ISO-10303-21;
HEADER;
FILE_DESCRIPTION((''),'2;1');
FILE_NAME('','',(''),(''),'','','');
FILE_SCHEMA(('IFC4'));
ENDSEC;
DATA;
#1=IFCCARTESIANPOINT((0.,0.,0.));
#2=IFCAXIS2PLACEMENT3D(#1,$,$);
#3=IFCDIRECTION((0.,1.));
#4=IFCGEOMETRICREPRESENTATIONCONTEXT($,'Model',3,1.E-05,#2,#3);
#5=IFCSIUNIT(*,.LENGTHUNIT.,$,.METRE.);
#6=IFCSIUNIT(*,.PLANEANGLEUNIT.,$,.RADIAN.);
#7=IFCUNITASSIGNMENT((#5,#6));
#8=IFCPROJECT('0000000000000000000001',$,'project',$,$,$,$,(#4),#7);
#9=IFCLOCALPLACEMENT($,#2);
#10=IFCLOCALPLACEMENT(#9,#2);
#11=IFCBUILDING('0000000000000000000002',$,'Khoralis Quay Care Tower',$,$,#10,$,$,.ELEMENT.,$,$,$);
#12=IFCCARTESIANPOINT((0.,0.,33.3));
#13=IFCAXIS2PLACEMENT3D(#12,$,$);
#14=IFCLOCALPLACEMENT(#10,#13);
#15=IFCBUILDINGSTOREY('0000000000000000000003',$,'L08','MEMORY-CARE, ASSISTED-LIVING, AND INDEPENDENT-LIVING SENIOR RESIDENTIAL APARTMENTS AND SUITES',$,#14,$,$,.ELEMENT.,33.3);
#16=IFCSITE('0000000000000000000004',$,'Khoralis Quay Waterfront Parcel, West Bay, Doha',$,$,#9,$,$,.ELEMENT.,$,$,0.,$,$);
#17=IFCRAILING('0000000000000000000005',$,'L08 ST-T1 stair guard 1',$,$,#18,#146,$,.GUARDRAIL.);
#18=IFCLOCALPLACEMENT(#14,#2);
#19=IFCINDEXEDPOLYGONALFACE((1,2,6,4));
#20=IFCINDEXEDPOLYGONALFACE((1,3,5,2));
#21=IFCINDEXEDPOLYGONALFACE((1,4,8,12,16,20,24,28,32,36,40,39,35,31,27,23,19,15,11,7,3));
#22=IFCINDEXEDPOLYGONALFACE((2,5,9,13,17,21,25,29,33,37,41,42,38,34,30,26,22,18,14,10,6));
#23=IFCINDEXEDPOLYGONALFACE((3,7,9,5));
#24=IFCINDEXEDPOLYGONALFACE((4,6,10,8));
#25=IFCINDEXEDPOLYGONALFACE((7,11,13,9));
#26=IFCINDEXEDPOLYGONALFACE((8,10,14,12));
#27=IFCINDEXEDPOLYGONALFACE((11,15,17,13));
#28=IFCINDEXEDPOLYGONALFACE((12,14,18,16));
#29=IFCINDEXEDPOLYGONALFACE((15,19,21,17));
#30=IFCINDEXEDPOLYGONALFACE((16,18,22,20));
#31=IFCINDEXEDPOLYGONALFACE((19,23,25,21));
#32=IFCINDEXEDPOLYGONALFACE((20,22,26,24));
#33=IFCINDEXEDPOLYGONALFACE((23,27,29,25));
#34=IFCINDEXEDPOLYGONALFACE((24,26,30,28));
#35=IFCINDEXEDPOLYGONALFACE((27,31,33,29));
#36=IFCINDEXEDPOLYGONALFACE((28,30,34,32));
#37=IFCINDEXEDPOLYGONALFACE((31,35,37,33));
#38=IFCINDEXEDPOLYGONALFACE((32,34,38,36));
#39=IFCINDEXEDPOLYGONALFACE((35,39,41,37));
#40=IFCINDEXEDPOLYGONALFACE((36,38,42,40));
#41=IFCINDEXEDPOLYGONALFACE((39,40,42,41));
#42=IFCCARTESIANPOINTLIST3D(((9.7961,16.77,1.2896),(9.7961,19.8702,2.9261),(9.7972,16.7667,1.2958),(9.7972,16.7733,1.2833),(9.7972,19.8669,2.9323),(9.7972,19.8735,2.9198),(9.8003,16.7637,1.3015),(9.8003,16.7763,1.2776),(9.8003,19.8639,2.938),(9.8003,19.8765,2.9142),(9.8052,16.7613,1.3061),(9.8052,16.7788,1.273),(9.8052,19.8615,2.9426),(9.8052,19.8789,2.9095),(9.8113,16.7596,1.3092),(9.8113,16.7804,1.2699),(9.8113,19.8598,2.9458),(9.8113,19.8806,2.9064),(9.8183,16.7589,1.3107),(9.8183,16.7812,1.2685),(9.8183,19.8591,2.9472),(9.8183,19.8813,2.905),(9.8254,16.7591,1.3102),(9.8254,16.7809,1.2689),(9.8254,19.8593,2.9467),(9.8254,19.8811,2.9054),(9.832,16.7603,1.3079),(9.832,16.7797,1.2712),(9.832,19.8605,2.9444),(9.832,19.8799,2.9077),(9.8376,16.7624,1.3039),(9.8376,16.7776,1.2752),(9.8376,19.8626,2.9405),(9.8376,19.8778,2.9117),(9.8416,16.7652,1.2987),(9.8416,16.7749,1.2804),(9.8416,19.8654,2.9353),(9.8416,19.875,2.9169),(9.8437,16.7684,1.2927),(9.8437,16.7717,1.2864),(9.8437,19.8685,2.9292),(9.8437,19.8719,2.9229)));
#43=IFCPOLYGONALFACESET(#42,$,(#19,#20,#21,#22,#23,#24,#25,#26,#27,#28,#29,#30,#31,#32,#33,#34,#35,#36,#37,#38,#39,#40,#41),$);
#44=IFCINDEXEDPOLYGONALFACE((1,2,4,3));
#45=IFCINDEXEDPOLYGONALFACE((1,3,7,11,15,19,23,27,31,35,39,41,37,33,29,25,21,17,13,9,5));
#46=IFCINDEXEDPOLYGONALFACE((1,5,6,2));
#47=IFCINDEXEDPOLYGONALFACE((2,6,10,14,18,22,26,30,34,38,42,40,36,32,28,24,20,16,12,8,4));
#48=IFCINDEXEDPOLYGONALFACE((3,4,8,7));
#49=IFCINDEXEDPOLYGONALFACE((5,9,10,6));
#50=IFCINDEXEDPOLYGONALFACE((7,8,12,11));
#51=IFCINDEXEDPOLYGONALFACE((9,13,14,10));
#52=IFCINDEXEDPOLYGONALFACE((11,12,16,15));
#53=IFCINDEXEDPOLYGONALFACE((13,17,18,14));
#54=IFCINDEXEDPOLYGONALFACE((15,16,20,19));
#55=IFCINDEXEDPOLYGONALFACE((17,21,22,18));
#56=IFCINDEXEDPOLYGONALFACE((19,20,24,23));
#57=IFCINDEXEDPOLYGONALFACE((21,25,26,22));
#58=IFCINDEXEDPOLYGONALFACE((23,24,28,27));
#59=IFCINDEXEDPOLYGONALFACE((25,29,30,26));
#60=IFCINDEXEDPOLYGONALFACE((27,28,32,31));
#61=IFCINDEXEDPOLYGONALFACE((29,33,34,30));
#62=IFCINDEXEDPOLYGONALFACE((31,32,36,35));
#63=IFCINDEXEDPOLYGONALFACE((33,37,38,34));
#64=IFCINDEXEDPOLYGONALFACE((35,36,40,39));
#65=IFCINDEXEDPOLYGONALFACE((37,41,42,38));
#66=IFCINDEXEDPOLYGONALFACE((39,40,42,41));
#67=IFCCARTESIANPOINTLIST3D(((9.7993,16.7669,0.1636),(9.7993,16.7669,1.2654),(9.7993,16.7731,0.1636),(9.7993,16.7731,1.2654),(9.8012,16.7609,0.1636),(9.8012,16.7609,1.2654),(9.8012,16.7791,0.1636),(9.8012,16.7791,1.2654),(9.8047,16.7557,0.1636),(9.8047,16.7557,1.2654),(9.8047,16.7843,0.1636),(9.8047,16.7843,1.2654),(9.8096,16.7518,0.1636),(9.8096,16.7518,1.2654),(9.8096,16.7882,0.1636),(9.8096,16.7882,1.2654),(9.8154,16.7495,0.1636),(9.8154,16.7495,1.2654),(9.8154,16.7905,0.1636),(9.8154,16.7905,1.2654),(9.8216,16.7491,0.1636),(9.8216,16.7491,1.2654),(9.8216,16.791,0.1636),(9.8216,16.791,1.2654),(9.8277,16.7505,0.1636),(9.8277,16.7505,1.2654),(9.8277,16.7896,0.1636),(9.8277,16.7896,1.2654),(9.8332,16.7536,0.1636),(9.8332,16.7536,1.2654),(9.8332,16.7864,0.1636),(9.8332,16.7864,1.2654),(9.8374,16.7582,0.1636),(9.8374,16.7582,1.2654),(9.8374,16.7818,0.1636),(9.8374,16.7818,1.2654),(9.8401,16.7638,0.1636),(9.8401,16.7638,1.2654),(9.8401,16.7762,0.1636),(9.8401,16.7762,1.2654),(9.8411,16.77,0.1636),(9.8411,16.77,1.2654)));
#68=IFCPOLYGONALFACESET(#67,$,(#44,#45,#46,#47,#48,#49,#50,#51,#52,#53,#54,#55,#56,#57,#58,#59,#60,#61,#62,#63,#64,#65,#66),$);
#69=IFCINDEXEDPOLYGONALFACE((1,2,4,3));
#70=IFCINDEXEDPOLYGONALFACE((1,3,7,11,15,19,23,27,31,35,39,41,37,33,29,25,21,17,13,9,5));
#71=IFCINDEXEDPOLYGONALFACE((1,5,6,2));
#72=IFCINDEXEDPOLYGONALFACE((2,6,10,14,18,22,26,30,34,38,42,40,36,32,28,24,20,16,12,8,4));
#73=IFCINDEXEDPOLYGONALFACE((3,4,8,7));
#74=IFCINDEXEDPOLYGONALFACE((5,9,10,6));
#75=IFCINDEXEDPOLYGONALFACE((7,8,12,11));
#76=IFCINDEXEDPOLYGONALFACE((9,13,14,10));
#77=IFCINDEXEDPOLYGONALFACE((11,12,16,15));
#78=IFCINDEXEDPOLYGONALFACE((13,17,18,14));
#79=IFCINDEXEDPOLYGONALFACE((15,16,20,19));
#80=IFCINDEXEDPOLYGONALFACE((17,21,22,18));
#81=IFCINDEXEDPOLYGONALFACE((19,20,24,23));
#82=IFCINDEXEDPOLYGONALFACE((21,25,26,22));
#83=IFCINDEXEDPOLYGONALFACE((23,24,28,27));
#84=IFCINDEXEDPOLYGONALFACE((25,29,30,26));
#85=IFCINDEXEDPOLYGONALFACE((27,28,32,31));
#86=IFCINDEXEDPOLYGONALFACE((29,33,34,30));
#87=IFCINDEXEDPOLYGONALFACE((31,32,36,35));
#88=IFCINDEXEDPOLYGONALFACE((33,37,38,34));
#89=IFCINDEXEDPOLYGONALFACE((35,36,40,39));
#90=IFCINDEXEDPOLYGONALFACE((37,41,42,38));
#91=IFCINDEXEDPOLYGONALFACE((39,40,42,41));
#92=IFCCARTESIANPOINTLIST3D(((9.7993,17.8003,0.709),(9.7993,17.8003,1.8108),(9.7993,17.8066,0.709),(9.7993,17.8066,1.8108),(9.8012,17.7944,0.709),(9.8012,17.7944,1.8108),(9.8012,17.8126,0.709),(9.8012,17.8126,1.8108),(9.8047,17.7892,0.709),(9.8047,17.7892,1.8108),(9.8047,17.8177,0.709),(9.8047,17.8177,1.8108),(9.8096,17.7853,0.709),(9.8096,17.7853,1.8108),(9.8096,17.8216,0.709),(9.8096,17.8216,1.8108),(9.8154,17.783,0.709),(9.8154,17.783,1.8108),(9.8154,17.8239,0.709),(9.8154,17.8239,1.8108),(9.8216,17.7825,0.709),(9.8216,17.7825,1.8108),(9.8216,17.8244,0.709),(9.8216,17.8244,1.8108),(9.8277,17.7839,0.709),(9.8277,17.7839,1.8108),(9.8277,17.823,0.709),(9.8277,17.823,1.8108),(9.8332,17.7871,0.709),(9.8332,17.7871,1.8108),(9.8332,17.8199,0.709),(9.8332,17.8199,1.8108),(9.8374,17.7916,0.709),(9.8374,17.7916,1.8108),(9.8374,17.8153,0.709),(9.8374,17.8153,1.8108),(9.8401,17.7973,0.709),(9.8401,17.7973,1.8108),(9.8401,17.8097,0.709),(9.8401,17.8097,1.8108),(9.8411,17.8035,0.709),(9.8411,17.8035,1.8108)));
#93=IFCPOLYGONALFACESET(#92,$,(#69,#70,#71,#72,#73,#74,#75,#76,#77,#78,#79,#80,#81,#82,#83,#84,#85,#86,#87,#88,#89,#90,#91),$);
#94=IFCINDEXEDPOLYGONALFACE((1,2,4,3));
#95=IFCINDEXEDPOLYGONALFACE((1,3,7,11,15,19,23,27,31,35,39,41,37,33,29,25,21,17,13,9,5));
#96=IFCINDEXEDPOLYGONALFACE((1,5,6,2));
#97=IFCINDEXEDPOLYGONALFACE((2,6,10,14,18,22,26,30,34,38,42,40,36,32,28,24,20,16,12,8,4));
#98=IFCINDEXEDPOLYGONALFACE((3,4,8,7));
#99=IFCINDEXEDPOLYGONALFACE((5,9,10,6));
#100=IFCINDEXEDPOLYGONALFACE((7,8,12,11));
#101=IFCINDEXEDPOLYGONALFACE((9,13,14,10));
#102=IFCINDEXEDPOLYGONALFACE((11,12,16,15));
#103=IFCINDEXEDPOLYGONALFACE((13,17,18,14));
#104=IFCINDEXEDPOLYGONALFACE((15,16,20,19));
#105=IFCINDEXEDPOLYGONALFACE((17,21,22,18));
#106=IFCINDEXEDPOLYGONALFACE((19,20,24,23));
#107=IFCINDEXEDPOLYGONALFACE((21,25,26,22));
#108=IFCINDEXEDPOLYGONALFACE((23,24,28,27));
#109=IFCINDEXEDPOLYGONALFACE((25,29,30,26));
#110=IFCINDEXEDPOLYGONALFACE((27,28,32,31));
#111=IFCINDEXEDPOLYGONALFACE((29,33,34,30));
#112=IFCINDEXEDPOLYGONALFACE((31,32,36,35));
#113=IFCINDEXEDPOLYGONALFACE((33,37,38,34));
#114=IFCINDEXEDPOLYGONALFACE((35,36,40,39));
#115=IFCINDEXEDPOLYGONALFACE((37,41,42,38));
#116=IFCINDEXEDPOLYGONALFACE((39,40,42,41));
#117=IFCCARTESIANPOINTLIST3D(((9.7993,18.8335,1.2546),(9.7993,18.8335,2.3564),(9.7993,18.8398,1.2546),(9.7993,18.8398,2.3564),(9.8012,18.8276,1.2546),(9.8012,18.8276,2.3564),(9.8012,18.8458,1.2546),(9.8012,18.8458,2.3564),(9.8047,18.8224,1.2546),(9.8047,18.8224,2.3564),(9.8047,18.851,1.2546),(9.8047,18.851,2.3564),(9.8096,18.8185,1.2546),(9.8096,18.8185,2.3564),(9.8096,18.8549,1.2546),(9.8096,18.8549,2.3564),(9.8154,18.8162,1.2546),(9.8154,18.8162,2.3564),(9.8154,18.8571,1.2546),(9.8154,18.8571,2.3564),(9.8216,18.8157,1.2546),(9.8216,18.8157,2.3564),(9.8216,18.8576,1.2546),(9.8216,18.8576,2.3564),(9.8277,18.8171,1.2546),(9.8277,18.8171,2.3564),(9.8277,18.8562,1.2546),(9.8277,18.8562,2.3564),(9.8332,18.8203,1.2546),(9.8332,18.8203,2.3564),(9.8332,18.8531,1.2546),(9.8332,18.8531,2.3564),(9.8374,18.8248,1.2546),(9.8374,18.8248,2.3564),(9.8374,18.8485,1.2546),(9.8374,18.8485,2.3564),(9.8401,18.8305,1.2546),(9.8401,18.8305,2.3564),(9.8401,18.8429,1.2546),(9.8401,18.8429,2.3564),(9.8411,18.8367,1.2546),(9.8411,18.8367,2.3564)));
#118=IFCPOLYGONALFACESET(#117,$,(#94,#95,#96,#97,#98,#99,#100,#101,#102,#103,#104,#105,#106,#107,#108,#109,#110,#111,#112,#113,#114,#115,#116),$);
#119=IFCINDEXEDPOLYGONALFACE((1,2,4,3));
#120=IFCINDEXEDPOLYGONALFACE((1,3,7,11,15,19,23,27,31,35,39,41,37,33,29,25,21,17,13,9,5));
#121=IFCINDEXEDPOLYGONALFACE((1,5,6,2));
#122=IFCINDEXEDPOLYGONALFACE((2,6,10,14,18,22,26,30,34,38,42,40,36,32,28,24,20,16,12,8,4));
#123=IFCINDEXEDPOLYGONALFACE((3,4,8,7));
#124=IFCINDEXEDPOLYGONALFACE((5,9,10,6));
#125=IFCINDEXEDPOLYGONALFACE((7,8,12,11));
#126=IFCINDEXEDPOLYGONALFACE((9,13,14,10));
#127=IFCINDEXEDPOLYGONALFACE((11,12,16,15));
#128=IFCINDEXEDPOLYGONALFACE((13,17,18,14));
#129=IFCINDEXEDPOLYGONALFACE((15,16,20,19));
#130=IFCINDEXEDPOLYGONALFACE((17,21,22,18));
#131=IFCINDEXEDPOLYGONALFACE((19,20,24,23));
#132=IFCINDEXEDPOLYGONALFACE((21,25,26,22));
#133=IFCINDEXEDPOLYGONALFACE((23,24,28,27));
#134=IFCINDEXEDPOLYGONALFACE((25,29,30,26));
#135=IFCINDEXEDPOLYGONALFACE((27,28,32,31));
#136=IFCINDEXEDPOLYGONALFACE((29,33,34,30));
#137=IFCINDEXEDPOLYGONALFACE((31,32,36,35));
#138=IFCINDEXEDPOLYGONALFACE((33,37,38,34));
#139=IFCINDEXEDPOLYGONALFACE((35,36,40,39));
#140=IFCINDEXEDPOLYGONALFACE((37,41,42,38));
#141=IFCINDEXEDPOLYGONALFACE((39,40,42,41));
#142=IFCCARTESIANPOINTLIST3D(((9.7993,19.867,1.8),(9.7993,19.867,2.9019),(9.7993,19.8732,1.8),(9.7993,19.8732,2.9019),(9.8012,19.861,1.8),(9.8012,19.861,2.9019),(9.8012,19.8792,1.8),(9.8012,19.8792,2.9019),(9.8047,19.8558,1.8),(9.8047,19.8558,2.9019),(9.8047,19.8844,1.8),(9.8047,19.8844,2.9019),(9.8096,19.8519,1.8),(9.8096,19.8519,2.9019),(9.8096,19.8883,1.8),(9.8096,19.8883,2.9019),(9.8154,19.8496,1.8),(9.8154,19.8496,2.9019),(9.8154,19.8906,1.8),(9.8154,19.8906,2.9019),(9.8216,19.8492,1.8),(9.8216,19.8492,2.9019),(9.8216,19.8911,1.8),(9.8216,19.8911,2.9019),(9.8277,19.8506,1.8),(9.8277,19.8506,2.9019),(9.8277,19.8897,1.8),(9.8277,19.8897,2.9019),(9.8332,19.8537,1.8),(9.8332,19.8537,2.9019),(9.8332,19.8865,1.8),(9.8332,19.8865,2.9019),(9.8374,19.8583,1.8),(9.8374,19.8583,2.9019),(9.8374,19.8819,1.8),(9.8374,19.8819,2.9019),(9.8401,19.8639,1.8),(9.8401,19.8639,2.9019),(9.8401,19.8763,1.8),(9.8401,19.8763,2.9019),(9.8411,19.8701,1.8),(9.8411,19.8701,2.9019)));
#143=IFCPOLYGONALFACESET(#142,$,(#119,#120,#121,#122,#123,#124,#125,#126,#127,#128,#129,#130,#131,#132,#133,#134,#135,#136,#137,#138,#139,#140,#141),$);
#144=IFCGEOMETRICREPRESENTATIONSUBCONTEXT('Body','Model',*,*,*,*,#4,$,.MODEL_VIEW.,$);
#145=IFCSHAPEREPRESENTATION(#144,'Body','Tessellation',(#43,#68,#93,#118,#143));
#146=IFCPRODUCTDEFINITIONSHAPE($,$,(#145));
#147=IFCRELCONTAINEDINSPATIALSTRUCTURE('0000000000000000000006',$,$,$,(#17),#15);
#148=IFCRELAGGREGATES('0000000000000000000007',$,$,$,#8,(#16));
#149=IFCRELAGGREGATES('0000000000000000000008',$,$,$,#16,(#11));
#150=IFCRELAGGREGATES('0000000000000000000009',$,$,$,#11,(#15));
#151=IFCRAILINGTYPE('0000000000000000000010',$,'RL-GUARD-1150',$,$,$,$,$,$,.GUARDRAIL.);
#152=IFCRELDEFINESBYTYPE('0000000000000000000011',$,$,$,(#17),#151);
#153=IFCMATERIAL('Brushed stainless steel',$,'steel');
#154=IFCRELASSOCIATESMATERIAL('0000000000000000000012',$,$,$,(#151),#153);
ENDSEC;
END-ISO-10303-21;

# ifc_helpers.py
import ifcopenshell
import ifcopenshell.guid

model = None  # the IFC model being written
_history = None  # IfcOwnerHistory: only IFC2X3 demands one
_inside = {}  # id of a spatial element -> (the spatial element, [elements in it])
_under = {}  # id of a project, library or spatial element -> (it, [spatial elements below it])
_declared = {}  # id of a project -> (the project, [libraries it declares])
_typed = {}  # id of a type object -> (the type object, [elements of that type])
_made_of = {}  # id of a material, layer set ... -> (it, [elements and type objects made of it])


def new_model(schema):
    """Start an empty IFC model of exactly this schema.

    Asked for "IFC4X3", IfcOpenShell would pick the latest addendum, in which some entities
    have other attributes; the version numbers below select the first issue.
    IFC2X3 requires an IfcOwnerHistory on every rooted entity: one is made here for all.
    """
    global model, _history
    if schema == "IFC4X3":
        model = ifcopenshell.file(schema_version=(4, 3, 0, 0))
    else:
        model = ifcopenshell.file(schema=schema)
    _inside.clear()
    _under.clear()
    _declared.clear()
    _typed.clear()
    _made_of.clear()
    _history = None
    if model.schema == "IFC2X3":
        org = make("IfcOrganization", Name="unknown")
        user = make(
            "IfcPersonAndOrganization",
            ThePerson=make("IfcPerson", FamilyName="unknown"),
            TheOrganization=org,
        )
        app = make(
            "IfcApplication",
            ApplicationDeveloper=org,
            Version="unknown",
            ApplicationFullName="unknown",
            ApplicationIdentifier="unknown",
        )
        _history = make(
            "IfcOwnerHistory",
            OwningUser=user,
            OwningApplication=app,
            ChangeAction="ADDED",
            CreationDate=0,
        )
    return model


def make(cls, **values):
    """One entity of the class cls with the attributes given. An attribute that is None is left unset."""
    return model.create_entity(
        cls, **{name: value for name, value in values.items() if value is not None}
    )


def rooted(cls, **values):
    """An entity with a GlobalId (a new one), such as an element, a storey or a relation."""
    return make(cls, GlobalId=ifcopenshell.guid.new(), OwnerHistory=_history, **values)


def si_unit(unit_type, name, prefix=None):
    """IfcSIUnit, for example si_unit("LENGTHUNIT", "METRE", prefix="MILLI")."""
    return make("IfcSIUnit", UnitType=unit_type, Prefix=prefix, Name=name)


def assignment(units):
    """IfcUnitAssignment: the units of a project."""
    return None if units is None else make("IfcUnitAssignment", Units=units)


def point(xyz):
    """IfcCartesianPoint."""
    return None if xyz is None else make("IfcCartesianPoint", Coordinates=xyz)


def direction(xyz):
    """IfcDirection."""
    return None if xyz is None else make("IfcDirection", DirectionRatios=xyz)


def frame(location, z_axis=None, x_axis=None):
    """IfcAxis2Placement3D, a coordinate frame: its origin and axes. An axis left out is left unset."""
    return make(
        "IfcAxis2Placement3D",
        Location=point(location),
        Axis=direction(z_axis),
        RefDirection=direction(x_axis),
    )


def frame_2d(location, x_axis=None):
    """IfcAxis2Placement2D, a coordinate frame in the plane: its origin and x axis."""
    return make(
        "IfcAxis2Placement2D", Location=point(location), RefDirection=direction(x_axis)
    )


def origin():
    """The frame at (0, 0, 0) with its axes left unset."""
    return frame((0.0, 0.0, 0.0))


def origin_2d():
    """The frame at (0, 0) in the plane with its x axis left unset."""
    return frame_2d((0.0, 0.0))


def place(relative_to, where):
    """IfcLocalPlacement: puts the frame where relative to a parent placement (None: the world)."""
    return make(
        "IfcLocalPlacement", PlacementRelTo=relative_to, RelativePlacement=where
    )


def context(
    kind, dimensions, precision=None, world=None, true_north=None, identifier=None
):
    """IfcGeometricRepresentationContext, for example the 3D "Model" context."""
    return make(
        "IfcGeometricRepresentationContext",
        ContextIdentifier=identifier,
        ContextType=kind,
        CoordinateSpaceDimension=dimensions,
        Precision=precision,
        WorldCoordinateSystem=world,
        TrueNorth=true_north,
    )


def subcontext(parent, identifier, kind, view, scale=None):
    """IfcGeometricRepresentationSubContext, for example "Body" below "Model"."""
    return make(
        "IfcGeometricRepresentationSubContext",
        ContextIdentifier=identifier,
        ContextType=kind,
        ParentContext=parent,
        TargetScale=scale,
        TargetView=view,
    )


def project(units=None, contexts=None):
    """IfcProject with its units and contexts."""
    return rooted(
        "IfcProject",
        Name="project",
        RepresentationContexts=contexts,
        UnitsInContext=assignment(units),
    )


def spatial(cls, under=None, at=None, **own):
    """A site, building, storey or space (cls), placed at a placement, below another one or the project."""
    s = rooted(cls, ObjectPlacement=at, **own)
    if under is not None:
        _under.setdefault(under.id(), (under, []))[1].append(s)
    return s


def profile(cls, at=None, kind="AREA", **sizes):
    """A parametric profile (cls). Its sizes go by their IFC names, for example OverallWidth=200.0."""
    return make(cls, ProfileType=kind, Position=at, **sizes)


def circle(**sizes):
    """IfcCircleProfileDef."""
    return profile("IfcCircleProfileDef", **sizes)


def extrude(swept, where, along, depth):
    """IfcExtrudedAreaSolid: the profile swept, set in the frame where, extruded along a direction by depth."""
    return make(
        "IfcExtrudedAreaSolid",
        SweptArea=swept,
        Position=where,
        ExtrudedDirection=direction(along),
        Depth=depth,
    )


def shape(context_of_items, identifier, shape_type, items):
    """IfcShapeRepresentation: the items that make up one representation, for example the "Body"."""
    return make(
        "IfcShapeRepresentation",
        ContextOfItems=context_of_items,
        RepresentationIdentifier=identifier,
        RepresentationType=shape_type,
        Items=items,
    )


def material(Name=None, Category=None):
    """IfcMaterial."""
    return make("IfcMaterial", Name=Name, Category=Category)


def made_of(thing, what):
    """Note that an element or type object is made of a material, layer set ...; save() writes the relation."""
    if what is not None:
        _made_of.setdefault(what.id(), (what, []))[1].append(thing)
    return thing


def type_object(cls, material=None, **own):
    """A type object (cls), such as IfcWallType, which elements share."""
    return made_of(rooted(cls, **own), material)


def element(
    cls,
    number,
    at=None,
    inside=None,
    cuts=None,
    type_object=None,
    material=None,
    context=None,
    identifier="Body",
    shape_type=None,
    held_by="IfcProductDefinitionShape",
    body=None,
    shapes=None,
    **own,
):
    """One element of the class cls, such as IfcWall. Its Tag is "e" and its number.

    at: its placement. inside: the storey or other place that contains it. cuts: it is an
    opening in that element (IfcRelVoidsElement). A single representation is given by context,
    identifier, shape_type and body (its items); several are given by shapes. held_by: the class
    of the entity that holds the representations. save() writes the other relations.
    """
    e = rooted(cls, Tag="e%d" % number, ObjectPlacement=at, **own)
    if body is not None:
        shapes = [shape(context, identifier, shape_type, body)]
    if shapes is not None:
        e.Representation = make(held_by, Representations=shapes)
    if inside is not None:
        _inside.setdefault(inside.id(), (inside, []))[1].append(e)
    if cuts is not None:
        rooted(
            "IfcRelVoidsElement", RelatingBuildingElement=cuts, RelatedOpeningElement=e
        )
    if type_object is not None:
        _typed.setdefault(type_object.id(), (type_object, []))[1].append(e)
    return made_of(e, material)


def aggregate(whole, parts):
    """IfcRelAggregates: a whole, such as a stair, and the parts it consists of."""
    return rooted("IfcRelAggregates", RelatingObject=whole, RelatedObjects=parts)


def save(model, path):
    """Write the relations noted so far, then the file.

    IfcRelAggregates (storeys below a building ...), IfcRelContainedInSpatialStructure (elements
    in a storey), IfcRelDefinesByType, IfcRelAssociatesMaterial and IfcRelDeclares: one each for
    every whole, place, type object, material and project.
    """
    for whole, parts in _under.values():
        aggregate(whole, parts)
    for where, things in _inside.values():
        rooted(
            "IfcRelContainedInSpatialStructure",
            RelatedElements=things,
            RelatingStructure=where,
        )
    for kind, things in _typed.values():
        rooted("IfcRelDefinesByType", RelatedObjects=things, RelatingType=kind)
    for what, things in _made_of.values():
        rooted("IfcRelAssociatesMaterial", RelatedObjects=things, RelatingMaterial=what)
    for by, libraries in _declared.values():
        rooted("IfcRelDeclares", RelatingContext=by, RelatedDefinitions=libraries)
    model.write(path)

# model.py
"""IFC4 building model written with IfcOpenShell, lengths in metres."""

from ifc_helpers import new_model, si_unit, direction, frame, origin, origin_2d, place, context, subcontext, project, spatial, circle, extrude, material, type_object, element, save


model = new_model("IFC4")

# Units and contexts
model_context = context("Model", 3, precision=1e-05, world=origin(), true_north=direction((0.0, 1.0)))
body_context = subcontext(model_context, "Body", "Model", "MODEL_VIEW")
ifc_project = project(units=[si_unit("LENGTHUNIT", "METRE"), si_unit("PLANEANGLEUNIT", "RADIAN")], contexts=[model_context])

# Site, building, storey
site_placement = place(None, origin())
site = spatial("IfcSite", under=ifc_project, at=site_placement, Name="Khoralis Quay Waterfront Parcel, West Bay, Doha", CompositionType="ELEMENT", RefElevation=0.0)
building_placement = place(site_placement, origin())
building = spatial("IfcBuilding", under=site, at=building_placement, Name="Khoralis Quay Care Tower", CompositionType="ELEMENT")
storey_placement = place(building_placement, frame((0.0, 0.0, 33.3)))
storey = spatial("IfcBuildingStorey", under=building, at=storey_placement, Name="L08", Description="MEMORY-CARE, ASSISTED-LIVING, AND INDEPENDENT-LIVING SENIOR RESIDENTIAL APARTMENTS AND SUITES", CompositionType="ELEMENT", Elevation=33.3)

# Shared definitions
ifc_material_1 = material(Name="Brushed stainless steel", Category="steel")

# Railing
railing_type_1 = type_object("IfcRailingType", Name="RL-GUARD-1150", PredefinedType="GUARDRAIL", material=ifc_material_1)
railing_1_placement = place(storey_placement, frame((9.8201, 16.77, 0.1636)))
element("IfcRailing", 1, at=railing_1_placement, inside=storey, type_object=railing_type_1, Name="L08 ST-T1 stair guard 1", PredefinedType="GUARDRAIL", context=body_context, shape_type="SweptSolid", body=[
    extrude(circle(Radius=0.0239, at=origin_2d()), frame((0.0, 0.0, 1.126), z_axis=(0.0, 0.884348, 0.466828), x_axis=(-1.0, 0.0, 0.0)), (0.0, 0.0, 1.0), 3.5056),
    extrude(circle(Radius=0.021, at=origin_2d()), origin(), (0.0, 0.0, 1.0), 1.1018),
    extrude(circle(Radius=0.021, at=origin_2d()), frame((0.0, 1.0334, 0.5454)), (0.0, 0.0, 1.0), 1.1018),
    extrude(circle(Radius=0.021, at=origin_2d()), frame((0.0, 2.0667, 1.0911)), (0.0, 0.0, 1.0), 1.1018),
    extrude(circle(Radius=0.021, at=origin_2d()), frame((0.0, 3.1001, 1.6365)), (0.0, 0.0, 1.0), 1.1018),
])

save(model, "model.ifc")
